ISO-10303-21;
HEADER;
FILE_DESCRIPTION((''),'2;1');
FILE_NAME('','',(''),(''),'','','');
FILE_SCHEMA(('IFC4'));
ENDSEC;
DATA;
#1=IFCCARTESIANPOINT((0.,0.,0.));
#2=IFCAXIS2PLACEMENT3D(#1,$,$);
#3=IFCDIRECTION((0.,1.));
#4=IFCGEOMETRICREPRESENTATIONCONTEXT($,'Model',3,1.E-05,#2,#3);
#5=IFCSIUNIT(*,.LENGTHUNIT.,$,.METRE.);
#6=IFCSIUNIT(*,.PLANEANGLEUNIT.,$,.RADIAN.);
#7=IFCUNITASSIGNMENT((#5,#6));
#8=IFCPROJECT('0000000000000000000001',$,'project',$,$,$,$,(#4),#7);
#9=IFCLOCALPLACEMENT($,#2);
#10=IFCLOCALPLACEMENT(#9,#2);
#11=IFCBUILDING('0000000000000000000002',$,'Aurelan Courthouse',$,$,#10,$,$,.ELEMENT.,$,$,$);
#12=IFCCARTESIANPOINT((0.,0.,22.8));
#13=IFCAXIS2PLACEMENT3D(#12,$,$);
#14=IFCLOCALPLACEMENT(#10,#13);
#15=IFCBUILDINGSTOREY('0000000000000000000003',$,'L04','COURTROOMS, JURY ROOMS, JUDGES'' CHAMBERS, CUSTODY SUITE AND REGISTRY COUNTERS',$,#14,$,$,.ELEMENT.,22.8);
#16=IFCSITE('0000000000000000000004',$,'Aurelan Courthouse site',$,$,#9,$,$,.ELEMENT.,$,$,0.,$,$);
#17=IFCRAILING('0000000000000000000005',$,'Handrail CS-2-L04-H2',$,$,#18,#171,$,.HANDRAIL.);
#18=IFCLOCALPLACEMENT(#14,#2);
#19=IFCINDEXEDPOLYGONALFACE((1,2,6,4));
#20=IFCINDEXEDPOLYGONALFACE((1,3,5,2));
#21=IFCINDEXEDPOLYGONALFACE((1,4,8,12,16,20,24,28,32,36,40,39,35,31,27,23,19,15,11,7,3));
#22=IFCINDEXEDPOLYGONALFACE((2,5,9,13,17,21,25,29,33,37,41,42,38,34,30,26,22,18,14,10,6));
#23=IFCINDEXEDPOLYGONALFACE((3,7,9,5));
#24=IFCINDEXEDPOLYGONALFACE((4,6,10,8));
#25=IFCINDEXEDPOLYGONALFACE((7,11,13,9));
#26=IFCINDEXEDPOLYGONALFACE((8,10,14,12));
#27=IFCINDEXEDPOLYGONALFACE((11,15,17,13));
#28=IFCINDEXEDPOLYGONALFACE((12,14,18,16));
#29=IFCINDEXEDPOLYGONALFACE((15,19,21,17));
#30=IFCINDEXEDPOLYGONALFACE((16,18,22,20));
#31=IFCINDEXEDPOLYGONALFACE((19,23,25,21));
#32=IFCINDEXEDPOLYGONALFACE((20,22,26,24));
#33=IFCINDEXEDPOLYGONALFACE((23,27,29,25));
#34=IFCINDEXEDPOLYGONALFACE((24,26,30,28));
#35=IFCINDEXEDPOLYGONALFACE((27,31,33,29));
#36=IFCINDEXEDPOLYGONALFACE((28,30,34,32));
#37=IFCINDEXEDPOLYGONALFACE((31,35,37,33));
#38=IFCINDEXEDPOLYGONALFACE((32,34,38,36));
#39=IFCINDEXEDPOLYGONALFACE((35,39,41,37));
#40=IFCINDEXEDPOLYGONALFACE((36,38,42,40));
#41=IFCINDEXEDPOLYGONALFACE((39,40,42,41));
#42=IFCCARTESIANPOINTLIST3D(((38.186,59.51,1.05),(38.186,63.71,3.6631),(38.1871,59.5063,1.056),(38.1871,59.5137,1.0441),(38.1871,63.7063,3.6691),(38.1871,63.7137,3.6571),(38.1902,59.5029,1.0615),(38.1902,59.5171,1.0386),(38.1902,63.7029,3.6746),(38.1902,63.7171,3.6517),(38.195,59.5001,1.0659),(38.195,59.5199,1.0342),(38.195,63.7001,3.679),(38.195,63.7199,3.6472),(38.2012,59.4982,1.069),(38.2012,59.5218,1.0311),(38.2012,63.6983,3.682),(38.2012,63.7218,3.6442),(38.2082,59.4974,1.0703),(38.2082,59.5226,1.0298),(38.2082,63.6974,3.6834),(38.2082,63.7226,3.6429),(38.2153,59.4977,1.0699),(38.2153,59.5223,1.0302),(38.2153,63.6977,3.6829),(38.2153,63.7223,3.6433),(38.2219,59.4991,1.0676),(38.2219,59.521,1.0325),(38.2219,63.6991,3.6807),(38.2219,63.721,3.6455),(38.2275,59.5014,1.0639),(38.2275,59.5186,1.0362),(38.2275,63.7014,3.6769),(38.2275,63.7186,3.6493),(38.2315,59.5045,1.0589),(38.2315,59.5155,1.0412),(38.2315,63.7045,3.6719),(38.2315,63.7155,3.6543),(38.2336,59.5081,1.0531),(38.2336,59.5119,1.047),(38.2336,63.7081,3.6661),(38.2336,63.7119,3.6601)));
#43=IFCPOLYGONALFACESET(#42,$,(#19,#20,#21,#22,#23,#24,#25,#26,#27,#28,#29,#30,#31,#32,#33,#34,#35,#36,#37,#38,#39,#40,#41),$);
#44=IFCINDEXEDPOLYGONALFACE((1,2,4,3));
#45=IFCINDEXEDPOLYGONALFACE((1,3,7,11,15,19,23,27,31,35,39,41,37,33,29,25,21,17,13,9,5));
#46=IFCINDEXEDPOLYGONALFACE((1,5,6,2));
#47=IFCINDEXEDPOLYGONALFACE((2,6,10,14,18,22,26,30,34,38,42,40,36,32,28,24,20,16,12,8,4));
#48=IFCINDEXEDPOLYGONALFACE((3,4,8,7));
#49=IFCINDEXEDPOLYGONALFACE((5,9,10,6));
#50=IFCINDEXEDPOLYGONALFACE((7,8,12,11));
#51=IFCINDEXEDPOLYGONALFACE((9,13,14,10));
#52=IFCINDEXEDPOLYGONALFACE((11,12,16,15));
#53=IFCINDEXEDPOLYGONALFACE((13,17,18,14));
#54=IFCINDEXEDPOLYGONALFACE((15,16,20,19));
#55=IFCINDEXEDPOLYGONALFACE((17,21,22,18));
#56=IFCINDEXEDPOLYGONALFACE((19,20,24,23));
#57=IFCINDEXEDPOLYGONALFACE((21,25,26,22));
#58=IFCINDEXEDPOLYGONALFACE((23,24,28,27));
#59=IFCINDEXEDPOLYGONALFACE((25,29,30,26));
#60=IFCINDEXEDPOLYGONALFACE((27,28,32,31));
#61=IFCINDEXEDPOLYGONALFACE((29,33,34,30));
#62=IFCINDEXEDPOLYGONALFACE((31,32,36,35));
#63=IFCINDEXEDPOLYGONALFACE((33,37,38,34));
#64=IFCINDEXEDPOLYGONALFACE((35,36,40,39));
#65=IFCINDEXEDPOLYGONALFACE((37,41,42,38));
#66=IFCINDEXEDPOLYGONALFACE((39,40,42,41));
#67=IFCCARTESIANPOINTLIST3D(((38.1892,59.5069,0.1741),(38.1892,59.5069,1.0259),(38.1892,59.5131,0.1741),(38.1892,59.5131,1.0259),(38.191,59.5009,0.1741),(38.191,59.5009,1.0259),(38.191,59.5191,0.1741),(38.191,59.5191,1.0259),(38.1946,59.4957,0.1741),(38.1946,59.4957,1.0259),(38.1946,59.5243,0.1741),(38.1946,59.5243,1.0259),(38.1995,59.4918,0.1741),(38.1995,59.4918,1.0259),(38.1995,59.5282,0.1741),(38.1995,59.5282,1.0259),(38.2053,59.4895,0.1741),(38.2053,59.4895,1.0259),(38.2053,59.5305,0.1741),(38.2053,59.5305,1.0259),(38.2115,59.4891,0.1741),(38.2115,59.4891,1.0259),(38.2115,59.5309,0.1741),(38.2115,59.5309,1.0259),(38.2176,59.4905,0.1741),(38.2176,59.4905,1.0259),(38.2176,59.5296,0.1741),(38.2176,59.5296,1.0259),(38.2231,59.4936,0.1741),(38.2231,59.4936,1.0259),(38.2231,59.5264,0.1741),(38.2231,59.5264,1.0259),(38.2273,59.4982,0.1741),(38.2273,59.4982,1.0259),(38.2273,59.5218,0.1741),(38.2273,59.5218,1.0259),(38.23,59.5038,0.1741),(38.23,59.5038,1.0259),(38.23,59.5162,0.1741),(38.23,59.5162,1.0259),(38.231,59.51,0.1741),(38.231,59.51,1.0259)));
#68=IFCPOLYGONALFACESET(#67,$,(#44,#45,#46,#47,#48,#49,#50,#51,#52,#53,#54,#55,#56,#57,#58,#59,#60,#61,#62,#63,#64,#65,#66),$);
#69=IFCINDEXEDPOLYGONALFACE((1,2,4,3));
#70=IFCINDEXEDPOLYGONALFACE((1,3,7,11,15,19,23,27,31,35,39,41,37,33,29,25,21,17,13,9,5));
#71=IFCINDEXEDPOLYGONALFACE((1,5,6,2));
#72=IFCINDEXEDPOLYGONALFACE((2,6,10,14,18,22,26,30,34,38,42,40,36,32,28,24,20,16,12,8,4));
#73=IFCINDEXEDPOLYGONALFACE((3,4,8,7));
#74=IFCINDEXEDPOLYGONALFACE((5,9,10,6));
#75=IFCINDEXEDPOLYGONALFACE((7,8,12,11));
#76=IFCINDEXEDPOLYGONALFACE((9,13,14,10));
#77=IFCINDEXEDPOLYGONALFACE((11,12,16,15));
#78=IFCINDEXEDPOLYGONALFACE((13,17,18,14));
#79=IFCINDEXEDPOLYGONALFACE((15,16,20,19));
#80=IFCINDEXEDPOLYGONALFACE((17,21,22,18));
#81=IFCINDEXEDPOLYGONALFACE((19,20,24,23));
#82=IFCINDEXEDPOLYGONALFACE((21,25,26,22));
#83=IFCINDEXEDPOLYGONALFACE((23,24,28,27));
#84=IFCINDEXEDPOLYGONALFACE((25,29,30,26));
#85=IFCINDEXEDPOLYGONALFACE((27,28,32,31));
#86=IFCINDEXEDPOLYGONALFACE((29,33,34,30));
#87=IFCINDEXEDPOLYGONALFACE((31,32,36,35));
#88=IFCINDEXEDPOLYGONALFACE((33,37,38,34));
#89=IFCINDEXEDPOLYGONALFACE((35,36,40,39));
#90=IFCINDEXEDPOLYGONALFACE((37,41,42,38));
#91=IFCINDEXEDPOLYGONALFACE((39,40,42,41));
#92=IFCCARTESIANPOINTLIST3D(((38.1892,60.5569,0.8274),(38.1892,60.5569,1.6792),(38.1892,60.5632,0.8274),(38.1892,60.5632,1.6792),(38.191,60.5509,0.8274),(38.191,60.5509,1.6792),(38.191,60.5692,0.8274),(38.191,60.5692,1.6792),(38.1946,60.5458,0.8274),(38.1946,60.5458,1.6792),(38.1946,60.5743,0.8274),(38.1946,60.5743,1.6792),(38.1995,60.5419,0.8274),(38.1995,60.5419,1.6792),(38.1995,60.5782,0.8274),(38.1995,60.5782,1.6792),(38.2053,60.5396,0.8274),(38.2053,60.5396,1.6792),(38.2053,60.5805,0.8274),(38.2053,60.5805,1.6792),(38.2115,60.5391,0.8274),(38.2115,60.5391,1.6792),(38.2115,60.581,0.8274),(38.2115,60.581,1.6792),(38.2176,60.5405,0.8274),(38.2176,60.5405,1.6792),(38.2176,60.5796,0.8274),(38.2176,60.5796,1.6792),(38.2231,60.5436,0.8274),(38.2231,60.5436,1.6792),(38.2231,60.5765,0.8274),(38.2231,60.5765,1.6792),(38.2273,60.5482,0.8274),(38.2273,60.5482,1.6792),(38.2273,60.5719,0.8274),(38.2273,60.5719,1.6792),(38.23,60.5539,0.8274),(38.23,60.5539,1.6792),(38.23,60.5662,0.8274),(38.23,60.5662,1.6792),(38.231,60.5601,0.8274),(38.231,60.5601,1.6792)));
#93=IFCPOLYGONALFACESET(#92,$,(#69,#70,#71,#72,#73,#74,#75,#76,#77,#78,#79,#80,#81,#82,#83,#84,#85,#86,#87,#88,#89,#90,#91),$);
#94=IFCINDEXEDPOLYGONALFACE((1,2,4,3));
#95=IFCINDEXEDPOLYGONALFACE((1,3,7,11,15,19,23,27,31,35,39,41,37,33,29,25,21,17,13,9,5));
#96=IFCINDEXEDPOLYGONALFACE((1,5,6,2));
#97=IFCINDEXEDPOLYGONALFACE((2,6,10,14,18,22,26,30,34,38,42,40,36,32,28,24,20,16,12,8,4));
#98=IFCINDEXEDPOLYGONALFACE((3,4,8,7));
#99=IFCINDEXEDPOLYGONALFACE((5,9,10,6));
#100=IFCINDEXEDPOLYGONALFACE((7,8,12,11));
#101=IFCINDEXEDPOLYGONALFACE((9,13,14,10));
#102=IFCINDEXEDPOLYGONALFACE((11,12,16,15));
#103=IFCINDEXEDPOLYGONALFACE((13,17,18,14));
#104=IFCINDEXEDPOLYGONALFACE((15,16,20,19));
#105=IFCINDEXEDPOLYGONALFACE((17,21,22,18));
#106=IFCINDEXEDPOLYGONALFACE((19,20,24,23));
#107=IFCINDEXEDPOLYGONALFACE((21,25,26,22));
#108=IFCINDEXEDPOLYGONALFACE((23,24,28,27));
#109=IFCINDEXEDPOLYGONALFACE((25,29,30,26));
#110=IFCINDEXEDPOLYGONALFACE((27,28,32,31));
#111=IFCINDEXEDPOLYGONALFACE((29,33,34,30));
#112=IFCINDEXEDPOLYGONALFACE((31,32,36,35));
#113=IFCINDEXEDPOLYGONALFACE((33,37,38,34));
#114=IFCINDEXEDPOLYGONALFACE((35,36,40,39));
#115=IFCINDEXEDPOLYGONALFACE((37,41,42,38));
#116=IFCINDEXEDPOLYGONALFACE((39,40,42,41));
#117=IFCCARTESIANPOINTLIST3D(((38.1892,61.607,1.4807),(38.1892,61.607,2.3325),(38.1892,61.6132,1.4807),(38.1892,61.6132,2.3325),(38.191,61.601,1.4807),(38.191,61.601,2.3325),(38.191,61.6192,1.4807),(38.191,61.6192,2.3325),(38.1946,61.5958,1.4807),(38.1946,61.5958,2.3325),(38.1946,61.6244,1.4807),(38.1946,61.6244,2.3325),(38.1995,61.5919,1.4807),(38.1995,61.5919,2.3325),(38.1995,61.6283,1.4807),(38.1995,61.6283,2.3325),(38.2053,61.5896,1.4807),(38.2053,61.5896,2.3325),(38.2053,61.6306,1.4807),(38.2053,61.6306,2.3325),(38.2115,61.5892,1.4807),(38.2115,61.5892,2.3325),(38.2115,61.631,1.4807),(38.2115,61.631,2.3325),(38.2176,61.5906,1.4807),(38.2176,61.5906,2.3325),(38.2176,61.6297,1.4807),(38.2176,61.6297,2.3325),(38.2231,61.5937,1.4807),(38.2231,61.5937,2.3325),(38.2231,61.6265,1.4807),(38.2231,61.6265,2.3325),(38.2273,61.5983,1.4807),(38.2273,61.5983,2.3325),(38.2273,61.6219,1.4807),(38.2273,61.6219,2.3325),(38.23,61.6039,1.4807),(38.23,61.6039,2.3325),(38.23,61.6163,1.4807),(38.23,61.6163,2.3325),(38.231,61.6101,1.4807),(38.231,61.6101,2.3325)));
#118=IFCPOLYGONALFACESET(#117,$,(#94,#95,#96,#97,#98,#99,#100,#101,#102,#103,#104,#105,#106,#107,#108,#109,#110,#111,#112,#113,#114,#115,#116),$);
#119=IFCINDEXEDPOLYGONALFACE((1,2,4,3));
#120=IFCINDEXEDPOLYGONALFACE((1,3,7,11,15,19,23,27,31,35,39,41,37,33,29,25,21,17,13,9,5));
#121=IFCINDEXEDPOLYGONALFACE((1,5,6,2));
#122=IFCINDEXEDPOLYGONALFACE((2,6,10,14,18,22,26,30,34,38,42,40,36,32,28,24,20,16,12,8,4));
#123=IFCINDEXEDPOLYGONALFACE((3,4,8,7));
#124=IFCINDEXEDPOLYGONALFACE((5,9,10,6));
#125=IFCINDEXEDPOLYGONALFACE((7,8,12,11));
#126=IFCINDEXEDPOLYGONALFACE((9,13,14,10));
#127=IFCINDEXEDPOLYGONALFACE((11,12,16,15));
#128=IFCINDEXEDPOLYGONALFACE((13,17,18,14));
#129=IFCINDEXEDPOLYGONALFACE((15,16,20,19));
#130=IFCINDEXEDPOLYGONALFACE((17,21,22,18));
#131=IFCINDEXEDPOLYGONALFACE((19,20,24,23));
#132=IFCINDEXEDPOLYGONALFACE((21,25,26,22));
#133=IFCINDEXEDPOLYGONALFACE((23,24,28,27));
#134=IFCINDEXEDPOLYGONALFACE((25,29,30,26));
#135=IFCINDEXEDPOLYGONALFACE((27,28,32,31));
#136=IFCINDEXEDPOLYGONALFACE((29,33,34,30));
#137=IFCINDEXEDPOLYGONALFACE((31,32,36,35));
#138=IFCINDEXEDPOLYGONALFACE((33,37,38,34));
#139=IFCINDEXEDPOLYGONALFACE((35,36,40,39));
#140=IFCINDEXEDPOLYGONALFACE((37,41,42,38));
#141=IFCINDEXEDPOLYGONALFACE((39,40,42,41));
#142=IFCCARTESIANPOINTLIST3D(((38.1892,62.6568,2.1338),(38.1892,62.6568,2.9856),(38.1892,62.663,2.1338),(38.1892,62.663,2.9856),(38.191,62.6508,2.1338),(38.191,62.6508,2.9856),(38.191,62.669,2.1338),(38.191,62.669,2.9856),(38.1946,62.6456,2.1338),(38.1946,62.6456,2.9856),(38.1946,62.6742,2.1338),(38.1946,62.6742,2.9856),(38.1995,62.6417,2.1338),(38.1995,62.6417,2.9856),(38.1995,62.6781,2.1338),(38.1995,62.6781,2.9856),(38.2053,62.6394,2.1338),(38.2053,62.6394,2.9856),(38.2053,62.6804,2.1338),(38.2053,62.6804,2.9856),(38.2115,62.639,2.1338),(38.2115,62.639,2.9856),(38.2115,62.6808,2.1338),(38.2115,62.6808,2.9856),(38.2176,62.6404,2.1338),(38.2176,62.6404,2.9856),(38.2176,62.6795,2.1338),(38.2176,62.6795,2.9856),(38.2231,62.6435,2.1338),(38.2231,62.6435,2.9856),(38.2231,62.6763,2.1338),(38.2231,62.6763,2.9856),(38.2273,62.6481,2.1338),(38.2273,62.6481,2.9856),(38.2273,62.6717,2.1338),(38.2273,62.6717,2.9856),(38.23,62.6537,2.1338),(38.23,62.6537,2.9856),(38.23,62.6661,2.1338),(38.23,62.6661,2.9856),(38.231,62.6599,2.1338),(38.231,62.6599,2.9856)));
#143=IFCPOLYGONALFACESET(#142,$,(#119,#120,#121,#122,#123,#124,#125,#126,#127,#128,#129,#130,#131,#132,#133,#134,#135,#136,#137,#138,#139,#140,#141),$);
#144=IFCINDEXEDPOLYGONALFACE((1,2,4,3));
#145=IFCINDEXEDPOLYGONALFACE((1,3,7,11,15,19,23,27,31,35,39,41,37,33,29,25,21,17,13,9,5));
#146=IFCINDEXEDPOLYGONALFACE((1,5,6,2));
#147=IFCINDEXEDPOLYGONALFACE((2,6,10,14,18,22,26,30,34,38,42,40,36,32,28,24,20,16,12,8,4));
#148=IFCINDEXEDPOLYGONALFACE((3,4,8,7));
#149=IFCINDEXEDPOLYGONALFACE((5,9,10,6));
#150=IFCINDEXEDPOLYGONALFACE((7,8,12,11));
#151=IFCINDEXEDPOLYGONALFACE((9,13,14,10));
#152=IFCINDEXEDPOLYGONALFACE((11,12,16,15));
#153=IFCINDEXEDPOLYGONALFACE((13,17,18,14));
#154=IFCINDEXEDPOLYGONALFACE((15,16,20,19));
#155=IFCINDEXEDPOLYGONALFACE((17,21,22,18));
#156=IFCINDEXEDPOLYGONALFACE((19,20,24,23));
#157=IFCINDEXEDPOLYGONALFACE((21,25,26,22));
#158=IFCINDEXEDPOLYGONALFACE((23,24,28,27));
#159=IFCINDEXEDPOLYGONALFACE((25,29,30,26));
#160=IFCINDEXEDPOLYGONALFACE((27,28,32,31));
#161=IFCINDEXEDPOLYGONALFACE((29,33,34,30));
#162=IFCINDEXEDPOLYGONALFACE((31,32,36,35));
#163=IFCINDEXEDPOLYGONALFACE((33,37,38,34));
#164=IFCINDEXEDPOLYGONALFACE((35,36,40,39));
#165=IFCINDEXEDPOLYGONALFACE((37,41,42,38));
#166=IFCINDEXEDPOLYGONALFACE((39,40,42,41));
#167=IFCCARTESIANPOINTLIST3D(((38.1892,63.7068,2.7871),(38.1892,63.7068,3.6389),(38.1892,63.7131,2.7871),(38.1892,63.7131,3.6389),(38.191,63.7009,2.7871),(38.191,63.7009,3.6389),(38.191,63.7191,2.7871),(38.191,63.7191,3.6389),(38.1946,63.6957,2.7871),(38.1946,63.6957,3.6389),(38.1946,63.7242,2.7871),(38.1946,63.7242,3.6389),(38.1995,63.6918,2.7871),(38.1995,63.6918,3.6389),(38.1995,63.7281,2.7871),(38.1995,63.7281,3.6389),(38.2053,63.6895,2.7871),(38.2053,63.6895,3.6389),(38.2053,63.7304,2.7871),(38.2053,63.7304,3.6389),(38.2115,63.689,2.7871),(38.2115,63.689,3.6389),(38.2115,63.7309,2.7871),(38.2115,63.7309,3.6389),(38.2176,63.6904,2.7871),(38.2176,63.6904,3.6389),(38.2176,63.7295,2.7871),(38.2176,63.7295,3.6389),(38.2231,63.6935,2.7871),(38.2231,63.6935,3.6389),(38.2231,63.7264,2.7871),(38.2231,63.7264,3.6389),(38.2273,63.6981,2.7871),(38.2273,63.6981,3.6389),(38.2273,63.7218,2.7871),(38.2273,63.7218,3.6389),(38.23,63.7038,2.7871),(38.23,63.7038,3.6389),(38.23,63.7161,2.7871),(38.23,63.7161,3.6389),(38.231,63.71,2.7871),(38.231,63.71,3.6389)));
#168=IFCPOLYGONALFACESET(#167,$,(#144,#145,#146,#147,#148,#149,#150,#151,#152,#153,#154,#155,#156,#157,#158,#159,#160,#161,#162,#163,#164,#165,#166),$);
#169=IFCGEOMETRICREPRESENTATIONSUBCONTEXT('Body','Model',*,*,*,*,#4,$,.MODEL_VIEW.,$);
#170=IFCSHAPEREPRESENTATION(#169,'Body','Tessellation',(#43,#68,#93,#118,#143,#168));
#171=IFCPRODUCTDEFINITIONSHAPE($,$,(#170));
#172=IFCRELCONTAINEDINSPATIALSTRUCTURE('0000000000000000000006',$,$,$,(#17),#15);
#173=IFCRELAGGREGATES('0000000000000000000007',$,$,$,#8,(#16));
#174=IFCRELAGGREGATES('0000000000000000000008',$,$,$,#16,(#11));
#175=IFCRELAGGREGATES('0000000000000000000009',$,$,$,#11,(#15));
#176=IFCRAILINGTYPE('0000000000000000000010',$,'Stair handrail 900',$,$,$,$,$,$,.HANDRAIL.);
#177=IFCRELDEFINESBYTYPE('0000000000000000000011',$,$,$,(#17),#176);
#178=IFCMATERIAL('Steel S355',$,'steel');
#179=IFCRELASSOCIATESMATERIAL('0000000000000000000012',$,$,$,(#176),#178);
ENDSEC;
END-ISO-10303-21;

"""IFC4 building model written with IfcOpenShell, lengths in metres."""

from ifc_helpers import new_model, si_unit, direction, frame, origin, origin_2d, place, context, subcontext, project, spatial, circle, extrude, material, type_object, element, save


model = new_model("IFC4")

# Units and contexts
model_context = context("Model", 3, precision=1e-05, world=origin(), true_north=direction((0.0, 1.0)))
body_context = subcontext(model_context, "Body", "Model", "MODEL_VIEW")
ifc_project = project(units=[si_unit("LENGTHUNIT", "METRE"), si_unit("PLANEANGLEUNIT", "RADIAN")], contexts=[model_context])

# Site, building, storey
site_placement = place(None, origin())
site = spatial("IfcSite", under=ifc_project, at=site_placement, Name="Aurelan Courthouse site", CompositionType="ELEMENT", RefElevation=0.0)
building_placement = place(site_placement, origin())
building = spatial("IfcBuilding", under=site, at=building_placement, Name="Aurelan Courthouse", CompositionType="ELEMENT")
storey_placement = place(building_placement, frame((0.0, 0.0, 22.8)))
storey = spatial("IfcBuildingStorey", under=building, at=storey_placement, Name="L04", Description="COURTROOMS, JURY ROOMS, JUDGES' CHAMBERS, CUSTODY SUITE AND REGISTRY COUNTERS", CompositionType="ELEMENT", Elevation=22.8)

# Railing
ifc_material_1 = material(Name="Steel S355", Category="steel")
railing_type_1 = type_object("IfcRailingType", Name="Stair handrail 900", PredefinedType="HANDRAIL", material=ifc_material_1)
railing_1_placement = place(storey_placement, frame((38.21, 59.51, 0.1741)))
element("IfcRailing", 1, at=railing_1_placement, inside=storey, type_object=railing_type_1, Name="Handrail CS-2-L04-H2", PredefinedType="HANDRAIL", context=body_context, shape_type="SweptSolid", body=[
    extrude(circle(Radius=0.0239, at=origin_2d()), frame((0.0, 0.0, 0.876), z_axis=(0.0, 0.849081, 0.528263), x_axis=(-1.0, 0.0, 0.0)), (0.0, 0.0, 1.0), 4.9465),
    extrude(circle(Radius=0.021, at=origin_2d()), origin(), (0.0, 0.0, 1.0), 0.8518),
    extrude(circle(Radius=0.021, at=origin_2d()), frame((0.0, 1.05, 0.6533)), (0.0, 0.0, 1.0), 0.8518),
    extrude(circle(Radius=0.021, at=origin_2d()), frame((0.0, 2.1001, 1.3066)), (0.0, 0.0, 1.0), 0.8518),
    extrude(circle(Radius=0.021, at=origin_2d()), frame((0.0, 3.1499, 1.9597)), (0.0, 0.0, 1.0), 0.8518),
    extrude(circle(Radius=0.021, at=origin_2d()), frame((0.0, 4.2, 2.613)), (0.0, 0.0, 1.0), 0.8518),
])

save(model, "model.ifc")
